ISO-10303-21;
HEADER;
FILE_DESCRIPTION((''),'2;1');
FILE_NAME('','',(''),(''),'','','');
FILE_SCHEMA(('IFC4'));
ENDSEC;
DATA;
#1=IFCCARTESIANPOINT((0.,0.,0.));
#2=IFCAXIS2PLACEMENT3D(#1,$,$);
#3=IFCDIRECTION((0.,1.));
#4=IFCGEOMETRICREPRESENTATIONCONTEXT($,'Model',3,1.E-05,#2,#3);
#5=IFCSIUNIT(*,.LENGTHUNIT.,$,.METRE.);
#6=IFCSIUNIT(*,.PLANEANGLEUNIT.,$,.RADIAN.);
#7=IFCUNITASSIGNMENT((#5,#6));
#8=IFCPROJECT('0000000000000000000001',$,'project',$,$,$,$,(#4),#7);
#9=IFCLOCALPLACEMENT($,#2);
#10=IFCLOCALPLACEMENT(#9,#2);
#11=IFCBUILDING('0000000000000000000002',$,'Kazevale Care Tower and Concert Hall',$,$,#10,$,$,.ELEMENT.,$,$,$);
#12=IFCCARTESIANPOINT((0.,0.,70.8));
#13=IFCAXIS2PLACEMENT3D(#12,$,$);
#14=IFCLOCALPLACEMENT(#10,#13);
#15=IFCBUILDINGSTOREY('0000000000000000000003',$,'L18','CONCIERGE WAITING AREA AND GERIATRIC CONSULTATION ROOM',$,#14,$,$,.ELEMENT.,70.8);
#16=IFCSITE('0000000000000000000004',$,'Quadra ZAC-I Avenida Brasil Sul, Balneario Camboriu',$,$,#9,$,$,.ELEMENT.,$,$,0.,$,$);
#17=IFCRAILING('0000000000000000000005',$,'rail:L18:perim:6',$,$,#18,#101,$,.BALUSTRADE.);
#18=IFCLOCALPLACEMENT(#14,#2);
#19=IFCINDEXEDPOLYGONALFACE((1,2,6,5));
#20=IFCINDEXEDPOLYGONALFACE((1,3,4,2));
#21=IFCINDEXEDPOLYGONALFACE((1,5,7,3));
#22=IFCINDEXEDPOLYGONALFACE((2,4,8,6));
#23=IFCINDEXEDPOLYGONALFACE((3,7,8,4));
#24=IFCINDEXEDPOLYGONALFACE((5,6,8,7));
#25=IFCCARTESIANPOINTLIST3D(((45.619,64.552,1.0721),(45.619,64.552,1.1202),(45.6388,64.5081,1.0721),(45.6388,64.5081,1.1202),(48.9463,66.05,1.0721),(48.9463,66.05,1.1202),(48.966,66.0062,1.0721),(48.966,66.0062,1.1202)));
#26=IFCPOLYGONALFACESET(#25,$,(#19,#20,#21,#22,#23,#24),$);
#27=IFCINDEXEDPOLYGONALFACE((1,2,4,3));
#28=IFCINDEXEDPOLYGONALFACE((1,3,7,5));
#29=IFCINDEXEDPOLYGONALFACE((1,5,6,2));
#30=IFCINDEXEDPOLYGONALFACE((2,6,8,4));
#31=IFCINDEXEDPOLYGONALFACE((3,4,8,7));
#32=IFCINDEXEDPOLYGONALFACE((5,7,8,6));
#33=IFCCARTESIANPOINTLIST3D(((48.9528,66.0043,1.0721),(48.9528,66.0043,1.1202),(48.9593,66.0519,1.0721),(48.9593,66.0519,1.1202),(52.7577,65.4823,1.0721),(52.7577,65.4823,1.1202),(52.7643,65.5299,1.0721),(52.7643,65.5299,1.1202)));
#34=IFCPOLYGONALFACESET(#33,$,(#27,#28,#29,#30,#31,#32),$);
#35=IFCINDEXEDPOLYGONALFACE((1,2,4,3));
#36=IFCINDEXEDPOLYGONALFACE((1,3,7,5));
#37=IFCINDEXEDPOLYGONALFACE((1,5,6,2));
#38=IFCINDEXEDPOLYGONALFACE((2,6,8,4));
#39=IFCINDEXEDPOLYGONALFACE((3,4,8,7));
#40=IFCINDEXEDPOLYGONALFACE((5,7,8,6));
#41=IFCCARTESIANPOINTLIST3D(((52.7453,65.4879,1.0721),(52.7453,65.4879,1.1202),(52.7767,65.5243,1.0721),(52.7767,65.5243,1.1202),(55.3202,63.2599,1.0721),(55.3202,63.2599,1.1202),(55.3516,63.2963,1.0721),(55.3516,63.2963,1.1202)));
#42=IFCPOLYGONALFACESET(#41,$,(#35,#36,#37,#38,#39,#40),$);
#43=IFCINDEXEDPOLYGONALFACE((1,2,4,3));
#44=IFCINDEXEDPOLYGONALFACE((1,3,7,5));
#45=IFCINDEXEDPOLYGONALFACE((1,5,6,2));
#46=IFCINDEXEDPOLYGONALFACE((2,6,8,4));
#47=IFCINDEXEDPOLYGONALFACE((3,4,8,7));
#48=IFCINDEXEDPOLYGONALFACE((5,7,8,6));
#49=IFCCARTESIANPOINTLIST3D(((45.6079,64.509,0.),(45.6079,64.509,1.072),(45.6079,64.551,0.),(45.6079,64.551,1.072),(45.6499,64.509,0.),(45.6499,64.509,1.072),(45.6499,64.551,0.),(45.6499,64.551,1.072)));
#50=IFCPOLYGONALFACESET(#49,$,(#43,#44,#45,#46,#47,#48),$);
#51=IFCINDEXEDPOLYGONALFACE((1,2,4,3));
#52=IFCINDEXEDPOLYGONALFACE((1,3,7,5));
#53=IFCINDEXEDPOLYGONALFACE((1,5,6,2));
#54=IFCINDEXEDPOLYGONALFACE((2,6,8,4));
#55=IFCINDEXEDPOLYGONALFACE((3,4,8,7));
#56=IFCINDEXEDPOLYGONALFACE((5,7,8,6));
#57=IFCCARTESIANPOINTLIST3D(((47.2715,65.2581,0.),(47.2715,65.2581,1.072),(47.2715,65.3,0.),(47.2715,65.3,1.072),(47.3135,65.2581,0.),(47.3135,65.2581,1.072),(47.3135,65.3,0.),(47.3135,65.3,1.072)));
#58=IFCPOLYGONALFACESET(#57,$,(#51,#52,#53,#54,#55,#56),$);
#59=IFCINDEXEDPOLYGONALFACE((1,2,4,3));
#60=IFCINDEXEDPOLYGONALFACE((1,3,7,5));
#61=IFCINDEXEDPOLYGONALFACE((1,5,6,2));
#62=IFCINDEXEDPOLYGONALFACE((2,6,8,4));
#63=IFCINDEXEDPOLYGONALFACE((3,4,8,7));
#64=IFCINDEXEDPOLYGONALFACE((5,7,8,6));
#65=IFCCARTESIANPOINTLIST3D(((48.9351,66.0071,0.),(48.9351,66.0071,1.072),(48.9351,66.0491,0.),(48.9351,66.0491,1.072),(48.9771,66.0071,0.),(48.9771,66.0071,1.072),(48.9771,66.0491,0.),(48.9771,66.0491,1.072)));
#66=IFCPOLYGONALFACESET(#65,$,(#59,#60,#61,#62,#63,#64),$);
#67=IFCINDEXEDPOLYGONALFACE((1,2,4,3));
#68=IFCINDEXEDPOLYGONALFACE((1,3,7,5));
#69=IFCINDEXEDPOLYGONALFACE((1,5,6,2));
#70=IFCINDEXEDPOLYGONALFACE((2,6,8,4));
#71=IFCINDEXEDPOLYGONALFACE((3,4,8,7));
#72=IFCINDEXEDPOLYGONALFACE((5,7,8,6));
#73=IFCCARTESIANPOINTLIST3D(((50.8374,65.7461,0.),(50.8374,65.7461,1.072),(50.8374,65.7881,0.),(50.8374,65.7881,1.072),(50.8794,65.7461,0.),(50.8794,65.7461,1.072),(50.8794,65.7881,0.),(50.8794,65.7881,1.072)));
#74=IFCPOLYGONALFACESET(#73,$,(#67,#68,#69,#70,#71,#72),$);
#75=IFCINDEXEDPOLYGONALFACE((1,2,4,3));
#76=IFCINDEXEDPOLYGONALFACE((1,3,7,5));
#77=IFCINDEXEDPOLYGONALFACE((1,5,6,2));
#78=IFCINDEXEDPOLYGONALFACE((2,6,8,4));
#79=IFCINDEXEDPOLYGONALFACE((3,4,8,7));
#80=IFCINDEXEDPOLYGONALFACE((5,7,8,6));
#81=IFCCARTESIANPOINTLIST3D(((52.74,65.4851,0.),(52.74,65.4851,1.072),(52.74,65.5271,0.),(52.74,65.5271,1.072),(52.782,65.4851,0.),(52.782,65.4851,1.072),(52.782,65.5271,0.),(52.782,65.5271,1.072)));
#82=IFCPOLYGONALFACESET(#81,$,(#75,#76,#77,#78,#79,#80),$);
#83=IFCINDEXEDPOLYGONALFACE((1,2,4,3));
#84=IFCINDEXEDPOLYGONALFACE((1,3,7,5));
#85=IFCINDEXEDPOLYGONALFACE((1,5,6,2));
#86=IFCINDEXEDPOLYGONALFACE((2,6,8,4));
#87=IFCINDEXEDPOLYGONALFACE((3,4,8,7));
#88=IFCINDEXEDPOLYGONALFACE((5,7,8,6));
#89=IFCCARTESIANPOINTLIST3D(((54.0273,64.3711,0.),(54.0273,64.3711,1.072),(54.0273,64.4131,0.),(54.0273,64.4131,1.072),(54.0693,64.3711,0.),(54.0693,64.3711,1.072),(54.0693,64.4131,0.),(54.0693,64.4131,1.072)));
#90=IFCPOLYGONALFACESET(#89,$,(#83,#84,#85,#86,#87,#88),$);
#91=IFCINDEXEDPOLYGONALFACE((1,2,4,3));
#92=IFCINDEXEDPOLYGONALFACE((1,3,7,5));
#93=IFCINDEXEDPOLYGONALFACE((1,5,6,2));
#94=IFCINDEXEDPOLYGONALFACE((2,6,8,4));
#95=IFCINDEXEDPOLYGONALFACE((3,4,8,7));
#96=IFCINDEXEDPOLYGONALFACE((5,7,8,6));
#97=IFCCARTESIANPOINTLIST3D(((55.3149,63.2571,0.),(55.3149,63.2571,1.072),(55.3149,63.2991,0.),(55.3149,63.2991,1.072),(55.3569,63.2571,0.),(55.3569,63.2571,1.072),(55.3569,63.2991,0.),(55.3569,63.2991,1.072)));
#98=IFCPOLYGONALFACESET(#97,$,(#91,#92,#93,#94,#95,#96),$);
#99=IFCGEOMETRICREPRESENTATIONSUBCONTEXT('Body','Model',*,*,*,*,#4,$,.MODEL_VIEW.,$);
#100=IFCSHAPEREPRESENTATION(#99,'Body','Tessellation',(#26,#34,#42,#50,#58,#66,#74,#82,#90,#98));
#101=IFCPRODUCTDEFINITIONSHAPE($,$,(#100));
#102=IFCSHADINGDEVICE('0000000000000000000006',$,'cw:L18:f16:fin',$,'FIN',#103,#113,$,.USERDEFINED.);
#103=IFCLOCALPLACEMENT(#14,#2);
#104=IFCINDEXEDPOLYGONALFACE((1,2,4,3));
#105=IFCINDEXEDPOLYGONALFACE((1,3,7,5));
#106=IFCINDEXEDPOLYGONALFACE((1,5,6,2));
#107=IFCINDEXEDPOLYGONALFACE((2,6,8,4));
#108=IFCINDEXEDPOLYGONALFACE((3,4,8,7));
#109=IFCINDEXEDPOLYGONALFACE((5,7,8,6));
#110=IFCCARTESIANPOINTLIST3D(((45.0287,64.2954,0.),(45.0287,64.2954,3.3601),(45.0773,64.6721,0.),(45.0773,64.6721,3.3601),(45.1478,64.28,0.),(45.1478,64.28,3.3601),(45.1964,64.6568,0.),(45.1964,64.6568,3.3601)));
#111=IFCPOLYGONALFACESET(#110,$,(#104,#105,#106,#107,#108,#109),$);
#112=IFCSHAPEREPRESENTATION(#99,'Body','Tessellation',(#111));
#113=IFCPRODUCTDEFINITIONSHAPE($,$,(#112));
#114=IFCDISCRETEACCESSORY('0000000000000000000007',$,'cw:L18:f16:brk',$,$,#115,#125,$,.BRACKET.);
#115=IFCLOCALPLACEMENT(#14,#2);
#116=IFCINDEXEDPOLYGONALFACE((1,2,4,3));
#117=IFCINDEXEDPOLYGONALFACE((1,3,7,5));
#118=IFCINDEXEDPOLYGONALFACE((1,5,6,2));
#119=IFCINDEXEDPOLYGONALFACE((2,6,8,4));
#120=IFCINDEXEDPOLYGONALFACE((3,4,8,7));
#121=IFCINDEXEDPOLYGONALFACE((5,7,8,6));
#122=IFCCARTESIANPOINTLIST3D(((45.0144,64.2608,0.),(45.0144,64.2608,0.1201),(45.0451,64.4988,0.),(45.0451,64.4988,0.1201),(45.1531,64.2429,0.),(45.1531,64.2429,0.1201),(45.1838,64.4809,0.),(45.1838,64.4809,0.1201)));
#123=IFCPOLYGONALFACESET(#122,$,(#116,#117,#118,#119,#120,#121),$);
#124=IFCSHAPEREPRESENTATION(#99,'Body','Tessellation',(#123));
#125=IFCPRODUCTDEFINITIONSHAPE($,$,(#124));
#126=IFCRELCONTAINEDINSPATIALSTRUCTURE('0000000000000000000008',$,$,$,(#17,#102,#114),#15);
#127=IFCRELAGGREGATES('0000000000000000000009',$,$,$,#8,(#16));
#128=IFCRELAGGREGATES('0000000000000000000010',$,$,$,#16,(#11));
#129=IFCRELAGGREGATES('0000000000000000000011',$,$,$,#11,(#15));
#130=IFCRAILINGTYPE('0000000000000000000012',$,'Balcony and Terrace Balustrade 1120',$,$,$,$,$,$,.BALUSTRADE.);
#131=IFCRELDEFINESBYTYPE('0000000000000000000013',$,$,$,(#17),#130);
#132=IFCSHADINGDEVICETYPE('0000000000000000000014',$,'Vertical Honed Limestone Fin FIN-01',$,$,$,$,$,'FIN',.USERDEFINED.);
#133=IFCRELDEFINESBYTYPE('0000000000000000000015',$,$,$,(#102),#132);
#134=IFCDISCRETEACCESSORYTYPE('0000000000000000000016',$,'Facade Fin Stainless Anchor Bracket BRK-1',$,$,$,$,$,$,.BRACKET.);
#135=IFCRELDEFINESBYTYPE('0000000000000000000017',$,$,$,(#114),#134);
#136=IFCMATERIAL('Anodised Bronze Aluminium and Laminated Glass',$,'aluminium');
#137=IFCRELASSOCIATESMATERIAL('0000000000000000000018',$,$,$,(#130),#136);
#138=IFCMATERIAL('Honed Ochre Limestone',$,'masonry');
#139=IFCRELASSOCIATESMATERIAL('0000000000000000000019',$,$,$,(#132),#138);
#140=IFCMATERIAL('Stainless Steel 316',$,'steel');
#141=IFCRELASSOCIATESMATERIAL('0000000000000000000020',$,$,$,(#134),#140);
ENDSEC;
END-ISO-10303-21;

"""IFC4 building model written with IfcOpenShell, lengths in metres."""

from ifc_helpers import new_model, si_unit, direction, frame, origin, origin_2d, place, context, subcontext, project, spatial, rectangle, extrude, material, type_object, element, save


model = new_model("IFC4")

# Units and contexts
model_context = context("Model", 3, precision=1e-05, world=origin(), true_north=direction((0.0, 1.0)))
body_context = subcontext(model_context, "Body", "Model", "MODEL_VIEW")
ifc_project = project(units=[si_unit("LENGTHUNIT", "METRE"), si_unit("PLANEANGLEUNIT", "RADIAN")], contexts=[model_context])

# Site, building, storey
site_placement = place(None, origin())
site = spatial("IfcSite", under=ifc_project, at=site_placement, Name="Quadra ZAC-I Avenida Brasil Sul, Balneario Camboriu", CompositionType="ELEMENT", RefElevation=0.0)
building_placement = place(site_placement, origin())
building = spatial("IfcBuilding", under=site, at=building_placement, Name="Kazevale Care Tower and Concert Hall", CompositionType="ELEMENT")
storey_placement = place(building_placement, frame((0.0, 0.0, 70.8)))
storey = spatial("IfcBuildingStorey", under=building, at=storey_placement, Name="L18", Description="CONCIERGE WAITING AREA AND GERIATRIC CONSULTATION ROOM", CompositionType="ELEMENT", Elevation=70.8)

# Railing
ifc_material_1 = material(Name="Anodised Bronze Aluminium and Laminated Glass", Category="aluminium")
railing_type = type_object("IfcRailingType", Name="Balcony and Terrace Balustrade 1120", PredefinedType="BALUSTRADE", material=ifc_material_1)
railing_placement = place(storey_placement, frame((45.6289, 64.53, 0.0)))
element("IfcRailing", 1, at=railing_placement, inside=storey, type_object=railing_type, Name="rail:L18:perim:6", PredefinedType="BALUSTRADE", context=body_context, shape_type="SweptSolid", body=[
    extrude(rectangle(XDim=0.0481, YDim=0.0481, at=origin_2d()), frame((0.0, 0.0, 1.0962), z_axis=(0.911836, 0.410554, 0.0), x_axis=(-0.410554, 0.911836, 0.0)), (0.0, 0.0, 1.0), 3.6489),
    extrude(rectangle(XDim=0.0481, YDim=0.0481, at=origin_2d()), frame((3.3271, 1.498, 1.0962), z_axis=(0.990721, -0.13591, 0.0), x_axis=(0.13591, 0.990721, 0.0)), (0.0, 0.0, 1.0), 3.8406),
    extrude(rectangle(XDim=0.0481, YDim=0.0481, at=origin_2d()), frame((7.1321, 0.9761, 1.0962), z_axis=(0.756212, -0.654327, 0.0), x_axis=(0.654327, 0.756212, 0.0)), (0.0, 0.0, 1.0), 3.405),
    extrude(rectangle(XDim=0.042, YDim=0.042, at=origin_2d()), origin(), (0.0, 0.0, 1.0), 1.072),
    extrude(rectangle(XDim=0.042, YDim=0.042, at=origin_2d()), frame((1.6636, 0.749, 0.0)), (0.0, 0.0, 1.0), 1.072),
    extrude(rectangle(XDim=0.042, YDim=0.042, at=origin_2d()), frame((3.3271, 1.498, 0.0)), (0.0, 0.0, 1.0), 1.072),
    extrude(rectangle(XDim=0.042, YDim=0.042, at=origin_2d()), frame((5.2295, 1.2371, 0.0)), (0.0, 0.0, 1.0), 1.072),
    extrude(rectangle(XDim=0.042, YDim=0.042, at=origin_2d()), frame((7.1321, 0.9761, 0.0)), (0.0, 0.0, 1.0), 1.072),
    extrude(rectangle(XDim=0.042, YDim=0.042, at=origin_2d()), frame((8.4194, -0.1379, 0.0)), (0.0, 0.0, 1.0), 1.072),
    extrude(rectangle(XDim=0.042, YDim=0.042, at=origin_2d()), frame((9.707, -1.252, 0.0)), (0.0, 0.0, 1.0), 1.072),
])

# Shading device
ifc_material_2 = material(Name="Honed Ochre Limestone", Category="masonry")
shading_device_type = type_object("IfcShadingDeviceType", Name="Vertical Honed Limestone Fin FIN-01", ElementType="FIN", PredefinedType="USERDEFINED", material=ifc_material_2)
shading_device_placement = place(storey_placement, frame((45.1125, 64.4761, 0.0), z_axis=(0.0, 0.0, 1.0), x_axis=(0.12793, 0.991783, 0.0)))
element("IfcShadingDevice", 2, at=shading_device_placement, inside=storey, type_object=shading_device_type, Name="cw:L18:f16:fin", ObjectType="FIN", PredefinedType="USERDEFINED", context=body_context, shape_type="SweptSolid", body=[
    extrude(rectangle(XDim=0.3799, YDim=0.1201, at=origin_2d()), origin(), (0.0, 0.0, 1.0), 3.3601),
])

# Discrete accessory
ifc_material_3 = material(Name="Stainless Steel 316", Category="steel")
discrete_accessory_type = type_object("IfcDiscreteAccessoryType", Name="Facade Fin Stainless Anchor Bracket BRK-1", PredefinedType="BRACKET", material=ifc_material_3)
discrete_accessory_placement = place(storey_placement, frame((45.0991, 64.3708, 0.0), z_axis=(0.0, 0.0, 1.0), x_axis=(0.12793, 0.991783, 0.0)))
element("IfcDiscreteAccessory", 3, at=discrete_accessory_placement, inside=storey, type_object=discrete_accessory_type, Name="cw:L18:f16:brk", PredefinedType="BRACKET", context=body_context, shape_type="SweptSolid", body=[
    extrude(rectangle(XDim=0.24, YDim=0.1399, at=origin_2d()), origin(), (0.0, 0.0, 1.0), 0.1201),
])

save(model, "model.ifc")
